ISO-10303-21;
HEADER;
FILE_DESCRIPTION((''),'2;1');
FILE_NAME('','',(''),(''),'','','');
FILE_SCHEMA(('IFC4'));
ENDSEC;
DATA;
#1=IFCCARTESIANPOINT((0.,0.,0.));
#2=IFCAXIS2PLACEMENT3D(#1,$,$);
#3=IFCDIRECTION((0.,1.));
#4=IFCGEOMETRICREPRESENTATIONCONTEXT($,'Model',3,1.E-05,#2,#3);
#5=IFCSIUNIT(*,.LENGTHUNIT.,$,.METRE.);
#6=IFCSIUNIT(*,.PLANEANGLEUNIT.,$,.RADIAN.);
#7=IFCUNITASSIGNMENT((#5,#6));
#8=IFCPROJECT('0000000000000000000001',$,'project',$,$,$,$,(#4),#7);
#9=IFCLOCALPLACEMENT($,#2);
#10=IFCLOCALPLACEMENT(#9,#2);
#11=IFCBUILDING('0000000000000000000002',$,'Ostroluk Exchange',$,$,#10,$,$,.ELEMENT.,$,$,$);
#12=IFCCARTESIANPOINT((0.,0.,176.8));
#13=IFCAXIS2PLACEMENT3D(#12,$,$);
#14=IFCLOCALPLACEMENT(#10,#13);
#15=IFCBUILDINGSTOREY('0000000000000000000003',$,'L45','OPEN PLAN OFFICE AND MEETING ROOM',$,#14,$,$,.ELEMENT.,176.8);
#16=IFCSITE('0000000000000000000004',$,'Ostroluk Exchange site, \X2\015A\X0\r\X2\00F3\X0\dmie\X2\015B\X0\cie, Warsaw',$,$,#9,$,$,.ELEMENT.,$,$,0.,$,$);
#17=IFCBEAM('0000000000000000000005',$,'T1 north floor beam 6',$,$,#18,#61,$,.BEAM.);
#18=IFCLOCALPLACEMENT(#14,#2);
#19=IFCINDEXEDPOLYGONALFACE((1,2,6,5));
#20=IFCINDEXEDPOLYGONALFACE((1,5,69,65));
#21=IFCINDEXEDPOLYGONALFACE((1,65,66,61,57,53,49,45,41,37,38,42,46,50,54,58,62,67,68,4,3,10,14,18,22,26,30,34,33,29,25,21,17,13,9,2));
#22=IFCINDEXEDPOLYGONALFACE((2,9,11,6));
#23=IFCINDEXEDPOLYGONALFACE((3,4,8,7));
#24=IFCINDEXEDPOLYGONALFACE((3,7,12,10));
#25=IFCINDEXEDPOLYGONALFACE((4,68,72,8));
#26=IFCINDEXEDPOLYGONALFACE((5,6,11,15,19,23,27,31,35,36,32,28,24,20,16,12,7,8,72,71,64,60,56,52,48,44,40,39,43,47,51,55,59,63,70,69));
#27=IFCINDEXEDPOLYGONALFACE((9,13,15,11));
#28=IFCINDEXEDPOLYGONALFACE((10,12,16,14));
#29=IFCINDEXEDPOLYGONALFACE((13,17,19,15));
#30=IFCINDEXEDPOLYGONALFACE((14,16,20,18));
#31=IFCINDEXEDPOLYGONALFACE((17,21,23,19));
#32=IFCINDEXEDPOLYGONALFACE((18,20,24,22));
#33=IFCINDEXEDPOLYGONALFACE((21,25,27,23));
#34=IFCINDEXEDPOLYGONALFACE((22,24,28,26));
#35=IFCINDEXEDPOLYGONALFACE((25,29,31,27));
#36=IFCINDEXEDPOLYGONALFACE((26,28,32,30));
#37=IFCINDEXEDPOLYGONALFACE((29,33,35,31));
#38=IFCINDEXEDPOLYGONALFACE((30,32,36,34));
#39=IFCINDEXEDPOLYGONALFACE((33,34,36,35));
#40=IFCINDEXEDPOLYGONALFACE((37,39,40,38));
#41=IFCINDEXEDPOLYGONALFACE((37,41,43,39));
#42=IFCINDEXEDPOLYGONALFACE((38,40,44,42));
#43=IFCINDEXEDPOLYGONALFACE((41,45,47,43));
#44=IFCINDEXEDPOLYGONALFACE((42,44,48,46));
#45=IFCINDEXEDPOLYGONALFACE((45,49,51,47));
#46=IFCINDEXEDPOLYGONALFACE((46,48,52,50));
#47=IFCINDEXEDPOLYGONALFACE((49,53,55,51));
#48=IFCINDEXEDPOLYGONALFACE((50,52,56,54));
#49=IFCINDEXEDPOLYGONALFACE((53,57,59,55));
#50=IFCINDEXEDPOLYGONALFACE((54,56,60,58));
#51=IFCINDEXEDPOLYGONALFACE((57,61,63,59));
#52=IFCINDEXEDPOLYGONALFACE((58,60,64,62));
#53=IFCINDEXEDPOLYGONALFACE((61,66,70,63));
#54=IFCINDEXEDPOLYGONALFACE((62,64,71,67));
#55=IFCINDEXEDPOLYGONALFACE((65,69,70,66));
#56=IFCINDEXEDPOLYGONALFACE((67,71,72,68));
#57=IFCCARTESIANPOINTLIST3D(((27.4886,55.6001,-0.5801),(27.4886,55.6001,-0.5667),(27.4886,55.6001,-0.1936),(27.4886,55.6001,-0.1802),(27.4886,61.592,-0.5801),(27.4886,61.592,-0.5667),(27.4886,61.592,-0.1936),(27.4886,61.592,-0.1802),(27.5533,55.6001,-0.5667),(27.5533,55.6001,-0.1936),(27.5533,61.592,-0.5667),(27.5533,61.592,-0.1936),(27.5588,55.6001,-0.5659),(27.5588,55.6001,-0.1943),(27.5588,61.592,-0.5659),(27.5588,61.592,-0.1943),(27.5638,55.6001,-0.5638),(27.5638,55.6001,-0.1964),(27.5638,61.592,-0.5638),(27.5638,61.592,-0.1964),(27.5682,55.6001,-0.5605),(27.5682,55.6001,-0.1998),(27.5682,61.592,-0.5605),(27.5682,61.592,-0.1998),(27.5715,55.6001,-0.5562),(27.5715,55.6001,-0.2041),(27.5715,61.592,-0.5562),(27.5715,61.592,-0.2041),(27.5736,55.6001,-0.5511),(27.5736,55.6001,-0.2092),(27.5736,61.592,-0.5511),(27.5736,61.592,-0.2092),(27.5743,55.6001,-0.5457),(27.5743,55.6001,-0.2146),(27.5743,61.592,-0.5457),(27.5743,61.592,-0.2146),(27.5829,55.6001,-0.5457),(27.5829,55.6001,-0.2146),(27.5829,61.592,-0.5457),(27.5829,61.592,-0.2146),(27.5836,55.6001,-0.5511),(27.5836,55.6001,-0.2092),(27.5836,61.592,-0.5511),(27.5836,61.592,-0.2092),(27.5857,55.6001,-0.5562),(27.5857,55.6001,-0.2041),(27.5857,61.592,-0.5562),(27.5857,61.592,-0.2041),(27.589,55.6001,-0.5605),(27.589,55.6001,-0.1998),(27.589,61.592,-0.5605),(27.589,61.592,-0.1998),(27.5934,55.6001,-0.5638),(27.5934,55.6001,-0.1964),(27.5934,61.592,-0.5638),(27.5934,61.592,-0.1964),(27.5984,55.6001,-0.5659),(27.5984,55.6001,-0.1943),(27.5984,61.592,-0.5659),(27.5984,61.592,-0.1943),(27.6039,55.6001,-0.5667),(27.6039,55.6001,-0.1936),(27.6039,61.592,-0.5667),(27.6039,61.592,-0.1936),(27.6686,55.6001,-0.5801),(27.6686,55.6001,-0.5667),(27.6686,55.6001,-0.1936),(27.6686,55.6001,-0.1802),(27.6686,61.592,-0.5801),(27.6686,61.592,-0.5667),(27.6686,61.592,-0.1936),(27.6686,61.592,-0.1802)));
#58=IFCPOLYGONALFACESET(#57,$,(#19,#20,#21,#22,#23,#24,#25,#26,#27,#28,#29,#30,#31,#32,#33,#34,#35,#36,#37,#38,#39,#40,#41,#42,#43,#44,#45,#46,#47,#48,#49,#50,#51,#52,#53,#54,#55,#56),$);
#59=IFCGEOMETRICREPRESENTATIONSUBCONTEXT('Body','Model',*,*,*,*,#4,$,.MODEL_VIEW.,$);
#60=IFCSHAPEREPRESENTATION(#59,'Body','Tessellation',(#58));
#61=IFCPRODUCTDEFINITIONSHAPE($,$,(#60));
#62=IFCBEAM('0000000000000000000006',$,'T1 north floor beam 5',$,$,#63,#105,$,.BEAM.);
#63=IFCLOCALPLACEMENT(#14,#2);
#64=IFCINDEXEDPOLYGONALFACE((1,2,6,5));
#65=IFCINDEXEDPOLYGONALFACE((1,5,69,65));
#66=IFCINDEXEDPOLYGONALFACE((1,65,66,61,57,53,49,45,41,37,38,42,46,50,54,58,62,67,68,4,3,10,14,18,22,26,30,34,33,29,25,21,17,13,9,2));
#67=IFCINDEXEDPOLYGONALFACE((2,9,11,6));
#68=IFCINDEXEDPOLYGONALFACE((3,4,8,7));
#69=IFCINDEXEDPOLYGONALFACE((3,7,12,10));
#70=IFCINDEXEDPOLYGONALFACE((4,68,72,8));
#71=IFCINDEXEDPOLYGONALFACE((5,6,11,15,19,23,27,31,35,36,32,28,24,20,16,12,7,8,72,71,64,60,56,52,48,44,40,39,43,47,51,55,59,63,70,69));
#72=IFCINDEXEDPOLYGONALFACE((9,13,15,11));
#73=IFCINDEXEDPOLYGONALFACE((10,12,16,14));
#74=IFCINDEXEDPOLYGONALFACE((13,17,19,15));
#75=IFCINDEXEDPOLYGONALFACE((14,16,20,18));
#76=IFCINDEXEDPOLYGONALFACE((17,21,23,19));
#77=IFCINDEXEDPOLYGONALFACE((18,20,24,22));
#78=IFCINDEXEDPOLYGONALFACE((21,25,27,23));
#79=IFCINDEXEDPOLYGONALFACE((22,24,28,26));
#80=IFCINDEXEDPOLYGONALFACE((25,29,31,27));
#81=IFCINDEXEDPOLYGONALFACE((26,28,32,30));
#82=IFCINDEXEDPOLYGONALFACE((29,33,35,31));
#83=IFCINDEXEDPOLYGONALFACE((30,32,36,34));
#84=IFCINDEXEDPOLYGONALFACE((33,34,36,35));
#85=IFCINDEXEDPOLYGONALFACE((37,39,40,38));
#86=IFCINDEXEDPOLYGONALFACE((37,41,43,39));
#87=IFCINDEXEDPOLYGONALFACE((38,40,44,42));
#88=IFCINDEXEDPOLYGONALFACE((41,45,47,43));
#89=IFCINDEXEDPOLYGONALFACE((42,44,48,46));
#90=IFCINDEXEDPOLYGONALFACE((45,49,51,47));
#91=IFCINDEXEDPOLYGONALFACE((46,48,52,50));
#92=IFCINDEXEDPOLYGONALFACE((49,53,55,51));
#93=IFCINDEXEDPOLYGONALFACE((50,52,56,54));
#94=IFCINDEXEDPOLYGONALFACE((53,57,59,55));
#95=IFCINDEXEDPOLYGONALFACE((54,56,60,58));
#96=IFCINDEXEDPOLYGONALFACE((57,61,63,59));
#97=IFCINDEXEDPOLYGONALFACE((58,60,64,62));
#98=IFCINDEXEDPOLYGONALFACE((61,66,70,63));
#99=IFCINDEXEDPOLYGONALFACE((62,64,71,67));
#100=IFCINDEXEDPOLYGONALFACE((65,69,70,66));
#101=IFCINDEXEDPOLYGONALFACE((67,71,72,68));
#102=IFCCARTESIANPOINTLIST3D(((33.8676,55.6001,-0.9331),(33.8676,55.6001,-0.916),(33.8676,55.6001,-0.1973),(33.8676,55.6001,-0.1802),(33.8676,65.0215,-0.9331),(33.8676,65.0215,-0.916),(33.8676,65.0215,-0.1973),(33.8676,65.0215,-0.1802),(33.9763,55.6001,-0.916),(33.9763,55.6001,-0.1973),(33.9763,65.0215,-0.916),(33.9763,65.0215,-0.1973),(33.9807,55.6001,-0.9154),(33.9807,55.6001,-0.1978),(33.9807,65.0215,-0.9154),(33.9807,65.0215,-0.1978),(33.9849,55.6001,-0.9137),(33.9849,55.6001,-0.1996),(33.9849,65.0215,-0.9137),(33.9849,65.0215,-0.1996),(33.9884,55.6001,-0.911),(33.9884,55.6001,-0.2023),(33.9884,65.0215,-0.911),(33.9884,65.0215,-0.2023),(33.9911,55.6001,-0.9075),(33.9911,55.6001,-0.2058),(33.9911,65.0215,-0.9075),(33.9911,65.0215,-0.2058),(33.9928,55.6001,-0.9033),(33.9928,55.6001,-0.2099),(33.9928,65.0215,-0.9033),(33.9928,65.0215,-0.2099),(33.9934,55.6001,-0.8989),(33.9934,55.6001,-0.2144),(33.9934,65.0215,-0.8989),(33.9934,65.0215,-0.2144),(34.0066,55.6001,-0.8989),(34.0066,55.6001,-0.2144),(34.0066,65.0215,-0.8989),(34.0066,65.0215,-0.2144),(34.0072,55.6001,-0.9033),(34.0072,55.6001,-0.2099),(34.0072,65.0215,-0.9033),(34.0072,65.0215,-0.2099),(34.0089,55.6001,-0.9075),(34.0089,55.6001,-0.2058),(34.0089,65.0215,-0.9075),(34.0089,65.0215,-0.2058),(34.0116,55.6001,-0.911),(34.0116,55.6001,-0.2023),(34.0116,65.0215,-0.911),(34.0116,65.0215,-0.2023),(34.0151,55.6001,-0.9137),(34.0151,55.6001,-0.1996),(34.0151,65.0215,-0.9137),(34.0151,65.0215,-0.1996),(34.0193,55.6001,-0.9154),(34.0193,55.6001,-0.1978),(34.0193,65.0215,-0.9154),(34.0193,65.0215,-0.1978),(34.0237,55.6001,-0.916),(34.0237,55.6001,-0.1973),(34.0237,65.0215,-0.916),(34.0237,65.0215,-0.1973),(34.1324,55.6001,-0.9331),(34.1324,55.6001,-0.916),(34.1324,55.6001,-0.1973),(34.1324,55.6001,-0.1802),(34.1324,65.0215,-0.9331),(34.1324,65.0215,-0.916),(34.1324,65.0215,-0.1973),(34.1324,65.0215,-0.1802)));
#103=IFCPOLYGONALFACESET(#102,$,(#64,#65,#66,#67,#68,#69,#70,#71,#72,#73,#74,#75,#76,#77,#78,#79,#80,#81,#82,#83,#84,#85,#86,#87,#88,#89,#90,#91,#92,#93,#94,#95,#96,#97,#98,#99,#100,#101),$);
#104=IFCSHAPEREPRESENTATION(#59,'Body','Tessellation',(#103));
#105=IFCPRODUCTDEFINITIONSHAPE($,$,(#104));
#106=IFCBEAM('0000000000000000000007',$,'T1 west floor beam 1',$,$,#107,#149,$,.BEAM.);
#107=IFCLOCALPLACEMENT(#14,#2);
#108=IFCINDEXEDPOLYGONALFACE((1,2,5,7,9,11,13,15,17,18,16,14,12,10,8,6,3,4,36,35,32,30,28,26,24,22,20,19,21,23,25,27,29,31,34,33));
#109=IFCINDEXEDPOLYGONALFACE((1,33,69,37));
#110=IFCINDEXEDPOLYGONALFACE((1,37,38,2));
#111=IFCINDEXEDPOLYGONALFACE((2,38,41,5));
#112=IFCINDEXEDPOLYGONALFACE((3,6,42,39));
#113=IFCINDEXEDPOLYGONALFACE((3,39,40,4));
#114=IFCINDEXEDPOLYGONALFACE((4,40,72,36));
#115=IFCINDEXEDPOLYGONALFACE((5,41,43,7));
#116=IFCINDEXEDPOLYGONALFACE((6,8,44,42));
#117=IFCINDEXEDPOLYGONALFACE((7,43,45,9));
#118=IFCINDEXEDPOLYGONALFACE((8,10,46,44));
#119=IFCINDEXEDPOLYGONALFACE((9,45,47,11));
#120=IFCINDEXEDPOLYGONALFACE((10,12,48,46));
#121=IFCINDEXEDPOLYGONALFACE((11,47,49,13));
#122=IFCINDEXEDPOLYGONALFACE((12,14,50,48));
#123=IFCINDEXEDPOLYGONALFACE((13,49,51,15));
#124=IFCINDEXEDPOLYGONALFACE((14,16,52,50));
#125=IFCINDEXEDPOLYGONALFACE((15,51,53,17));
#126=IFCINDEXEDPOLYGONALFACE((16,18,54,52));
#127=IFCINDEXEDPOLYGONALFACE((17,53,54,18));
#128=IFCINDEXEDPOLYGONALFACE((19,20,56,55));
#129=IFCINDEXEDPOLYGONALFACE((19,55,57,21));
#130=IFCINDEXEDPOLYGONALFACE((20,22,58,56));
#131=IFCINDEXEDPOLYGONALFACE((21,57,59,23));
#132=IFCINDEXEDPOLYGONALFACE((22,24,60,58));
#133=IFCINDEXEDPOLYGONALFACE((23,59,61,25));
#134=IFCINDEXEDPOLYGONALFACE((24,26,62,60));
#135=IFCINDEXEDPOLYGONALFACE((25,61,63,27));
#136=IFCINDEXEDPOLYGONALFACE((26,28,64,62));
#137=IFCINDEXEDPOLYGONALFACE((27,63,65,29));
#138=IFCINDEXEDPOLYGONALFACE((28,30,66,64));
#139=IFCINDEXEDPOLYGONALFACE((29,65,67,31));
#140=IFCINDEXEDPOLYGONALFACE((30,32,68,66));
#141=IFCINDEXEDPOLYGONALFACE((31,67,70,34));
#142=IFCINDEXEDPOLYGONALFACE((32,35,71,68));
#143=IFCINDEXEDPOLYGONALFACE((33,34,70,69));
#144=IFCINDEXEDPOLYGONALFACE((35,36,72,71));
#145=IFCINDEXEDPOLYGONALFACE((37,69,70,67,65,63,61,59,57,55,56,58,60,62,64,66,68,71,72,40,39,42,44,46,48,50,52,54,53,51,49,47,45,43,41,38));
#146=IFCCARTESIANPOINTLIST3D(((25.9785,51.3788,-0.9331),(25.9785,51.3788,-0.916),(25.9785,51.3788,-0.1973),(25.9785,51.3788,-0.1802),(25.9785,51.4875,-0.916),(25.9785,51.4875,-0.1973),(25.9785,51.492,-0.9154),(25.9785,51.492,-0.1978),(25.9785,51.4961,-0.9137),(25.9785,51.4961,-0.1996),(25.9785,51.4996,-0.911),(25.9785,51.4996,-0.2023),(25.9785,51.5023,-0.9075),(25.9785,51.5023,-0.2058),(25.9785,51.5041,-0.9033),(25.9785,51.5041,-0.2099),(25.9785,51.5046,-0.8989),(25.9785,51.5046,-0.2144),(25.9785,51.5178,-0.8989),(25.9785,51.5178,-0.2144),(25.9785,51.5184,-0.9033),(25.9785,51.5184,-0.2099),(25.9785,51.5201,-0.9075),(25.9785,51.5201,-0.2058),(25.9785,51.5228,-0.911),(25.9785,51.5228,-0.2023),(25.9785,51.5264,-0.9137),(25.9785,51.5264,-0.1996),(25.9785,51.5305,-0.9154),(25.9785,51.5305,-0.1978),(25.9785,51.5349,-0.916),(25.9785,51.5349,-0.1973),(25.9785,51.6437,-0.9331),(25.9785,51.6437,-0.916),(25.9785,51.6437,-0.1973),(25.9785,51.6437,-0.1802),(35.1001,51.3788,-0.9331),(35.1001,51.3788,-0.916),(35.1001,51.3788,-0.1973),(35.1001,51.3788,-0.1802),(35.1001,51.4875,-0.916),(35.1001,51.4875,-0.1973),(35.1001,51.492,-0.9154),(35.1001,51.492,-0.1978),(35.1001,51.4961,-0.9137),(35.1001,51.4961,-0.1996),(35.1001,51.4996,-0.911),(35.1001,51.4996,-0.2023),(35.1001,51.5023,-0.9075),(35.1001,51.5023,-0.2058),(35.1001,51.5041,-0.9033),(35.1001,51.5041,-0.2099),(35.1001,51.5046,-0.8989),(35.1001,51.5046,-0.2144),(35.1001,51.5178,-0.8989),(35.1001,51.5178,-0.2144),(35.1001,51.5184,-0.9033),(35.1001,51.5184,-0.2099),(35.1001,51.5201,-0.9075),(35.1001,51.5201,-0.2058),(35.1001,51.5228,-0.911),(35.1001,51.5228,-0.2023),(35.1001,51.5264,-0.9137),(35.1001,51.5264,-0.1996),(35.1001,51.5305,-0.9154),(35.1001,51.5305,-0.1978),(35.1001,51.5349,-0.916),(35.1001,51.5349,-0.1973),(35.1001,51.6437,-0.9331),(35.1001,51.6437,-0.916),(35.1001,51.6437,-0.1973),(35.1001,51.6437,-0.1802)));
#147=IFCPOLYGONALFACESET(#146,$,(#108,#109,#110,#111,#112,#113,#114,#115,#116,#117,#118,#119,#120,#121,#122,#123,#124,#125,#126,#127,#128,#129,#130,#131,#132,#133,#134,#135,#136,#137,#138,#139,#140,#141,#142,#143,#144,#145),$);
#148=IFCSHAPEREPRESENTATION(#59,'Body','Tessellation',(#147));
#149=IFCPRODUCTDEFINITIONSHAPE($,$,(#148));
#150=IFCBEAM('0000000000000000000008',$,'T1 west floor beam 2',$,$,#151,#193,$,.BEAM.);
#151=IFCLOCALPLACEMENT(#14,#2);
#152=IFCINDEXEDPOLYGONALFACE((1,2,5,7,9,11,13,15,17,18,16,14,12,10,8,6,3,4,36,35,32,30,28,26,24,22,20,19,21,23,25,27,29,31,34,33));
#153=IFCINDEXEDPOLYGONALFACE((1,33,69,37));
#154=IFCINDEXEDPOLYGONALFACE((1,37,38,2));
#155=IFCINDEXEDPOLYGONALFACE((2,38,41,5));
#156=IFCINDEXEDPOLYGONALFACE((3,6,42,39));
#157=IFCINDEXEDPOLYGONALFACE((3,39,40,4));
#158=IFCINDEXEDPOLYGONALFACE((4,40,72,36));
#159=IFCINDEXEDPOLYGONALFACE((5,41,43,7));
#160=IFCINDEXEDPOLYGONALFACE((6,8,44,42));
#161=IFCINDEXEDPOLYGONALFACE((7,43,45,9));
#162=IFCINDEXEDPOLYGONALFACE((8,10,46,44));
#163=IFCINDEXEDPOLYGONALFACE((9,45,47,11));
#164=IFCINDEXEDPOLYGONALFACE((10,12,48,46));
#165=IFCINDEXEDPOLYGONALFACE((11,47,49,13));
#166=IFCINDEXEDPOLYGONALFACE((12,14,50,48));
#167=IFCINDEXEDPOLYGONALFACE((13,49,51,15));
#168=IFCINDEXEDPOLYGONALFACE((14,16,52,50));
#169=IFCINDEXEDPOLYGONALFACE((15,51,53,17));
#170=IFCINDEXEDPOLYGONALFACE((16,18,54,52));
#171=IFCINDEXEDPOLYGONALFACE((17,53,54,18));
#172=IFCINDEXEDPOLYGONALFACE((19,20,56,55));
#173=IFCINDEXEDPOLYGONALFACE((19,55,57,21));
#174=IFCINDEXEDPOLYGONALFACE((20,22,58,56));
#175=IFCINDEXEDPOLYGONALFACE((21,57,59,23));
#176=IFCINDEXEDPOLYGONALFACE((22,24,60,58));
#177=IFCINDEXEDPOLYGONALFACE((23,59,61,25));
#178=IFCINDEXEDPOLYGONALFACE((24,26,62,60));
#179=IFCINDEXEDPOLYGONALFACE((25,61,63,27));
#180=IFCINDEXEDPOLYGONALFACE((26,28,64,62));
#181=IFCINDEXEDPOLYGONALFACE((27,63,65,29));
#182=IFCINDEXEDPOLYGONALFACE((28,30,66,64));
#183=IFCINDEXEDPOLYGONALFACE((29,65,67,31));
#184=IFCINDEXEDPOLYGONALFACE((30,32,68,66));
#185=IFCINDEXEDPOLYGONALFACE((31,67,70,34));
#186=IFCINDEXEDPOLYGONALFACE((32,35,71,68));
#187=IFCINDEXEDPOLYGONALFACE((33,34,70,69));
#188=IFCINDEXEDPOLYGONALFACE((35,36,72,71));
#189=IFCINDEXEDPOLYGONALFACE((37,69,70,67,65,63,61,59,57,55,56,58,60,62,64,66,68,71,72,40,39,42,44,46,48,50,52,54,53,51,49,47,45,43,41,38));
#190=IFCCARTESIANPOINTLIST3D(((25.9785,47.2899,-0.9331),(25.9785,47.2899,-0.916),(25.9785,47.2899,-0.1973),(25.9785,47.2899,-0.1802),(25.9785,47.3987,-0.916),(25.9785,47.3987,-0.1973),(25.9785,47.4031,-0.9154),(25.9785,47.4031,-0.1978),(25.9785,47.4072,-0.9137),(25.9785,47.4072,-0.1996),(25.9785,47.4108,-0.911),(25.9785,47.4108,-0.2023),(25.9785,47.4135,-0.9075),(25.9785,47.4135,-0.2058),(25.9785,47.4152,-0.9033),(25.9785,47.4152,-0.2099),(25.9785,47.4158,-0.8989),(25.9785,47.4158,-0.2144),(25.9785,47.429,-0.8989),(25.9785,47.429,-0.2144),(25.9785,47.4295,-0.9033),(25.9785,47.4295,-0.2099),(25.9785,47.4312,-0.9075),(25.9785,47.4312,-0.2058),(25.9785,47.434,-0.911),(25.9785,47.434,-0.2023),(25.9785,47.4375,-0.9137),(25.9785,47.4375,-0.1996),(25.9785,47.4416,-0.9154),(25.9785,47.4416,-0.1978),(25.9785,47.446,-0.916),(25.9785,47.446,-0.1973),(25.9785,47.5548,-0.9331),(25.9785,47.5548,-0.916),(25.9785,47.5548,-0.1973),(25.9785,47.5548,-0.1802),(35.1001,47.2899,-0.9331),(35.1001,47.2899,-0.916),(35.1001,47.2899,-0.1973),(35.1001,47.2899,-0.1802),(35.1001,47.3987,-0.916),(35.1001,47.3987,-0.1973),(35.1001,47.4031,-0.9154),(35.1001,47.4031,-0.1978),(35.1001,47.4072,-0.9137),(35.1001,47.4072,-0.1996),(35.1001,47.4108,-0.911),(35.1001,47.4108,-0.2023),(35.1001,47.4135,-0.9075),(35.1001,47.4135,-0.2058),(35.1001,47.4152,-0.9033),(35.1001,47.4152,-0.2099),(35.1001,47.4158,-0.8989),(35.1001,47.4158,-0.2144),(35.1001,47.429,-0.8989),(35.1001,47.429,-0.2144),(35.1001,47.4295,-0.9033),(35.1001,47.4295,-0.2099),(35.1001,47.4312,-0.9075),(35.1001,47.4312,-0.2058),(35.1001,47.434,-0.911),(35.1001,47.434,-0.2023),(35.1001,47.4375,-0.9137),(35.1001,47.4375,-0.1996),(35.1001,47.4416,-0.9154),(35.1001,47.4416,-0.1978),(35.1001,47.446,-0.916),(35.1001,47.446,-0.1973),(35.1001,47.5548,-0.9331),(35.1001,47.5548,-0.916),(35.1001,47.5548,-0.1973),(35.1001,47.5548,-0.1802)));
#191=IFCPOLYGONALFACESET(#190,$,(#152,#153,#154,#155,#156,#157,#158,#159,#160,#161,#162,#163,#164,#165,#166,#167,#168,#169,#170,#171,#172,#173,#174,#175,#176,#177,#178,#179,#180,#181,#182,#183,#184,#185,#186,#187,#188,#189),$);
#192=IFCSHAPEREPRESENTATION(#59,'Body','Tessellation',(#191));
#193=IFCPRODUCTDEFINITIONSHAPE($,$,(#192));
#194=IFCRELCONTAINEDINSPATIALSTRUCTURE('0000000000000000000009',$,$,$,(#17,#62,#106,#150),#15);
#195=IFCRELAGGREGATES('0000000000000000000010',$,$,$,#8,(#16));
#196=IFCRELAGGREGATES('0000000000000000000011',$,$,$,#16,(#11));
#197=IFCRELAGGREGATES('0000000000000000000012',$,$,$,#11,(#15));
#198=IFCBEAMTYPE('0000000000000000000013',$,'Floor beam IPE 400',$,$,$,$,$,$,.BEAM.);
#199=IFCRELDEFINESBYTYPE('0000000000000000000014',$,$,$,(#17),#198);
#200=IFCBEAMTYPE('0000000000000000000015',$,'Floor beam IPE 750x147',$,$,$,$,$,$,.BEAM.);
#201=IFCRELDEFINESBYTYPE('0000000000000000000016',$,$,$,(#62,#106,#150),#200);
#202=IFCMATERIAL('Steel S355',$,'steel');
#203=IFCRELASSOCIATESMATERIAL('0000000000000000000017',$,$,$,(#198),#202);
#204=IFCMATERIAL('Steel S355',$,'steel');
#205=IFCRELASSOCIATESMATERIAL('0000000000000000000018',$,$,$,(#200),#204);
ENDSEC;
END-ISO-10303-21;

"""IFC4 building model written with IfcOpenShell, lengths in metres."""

from ifc_helpers import new_model, si_unit, direction, frame, origin, origin_2d, place, context, subcontext, project, spatial, i_section, extrude, material, material_profile, profile_set, type_object, element, save


model = new_model("IFC4")

# Units and contexts
model_context = context("Model", 3, precision=1e-05, world=origin(), true_north=direction((0.0, 1.0)))
body_context = subcontext(model_context, "Body", "Model", "MODEL_VIEW")
ifc_project = project(units=[si_unit("LENGTHUNIT", "METRE"), si_unit("PLANEANGLEUNIT", "RADIAN")], contexts=[model_context])

# Site, building, storey
site_placement = place(None, origin())
site = spatial("IfcSite", under=ifc_project, at=site_placement, Name="Ostroluk Exchange site, Śródmieście, Warsaw", CompositionType="ELEMENT", RefElevation=0.0)
building_placement = place(site_placement, origin())
building = spatial("IfcBuilding", under=site, at=building_placement, Name="Ostroluk Exchange", CompositionType="ELEMENT")
storey_placement = place(building_placement, frame((0.0, 0.0, 176.8)))
storey = spatial("IfcBuildingStorey", under=building, at=storey_placement, Name="L45", Description="OPEN PLAN OFFICE AND MEETING ROOM", CompositionType="ELEMENT", Elevation=176.8)

# Beams
ifc_material_1 = material(Name="Steel S355", Category="steel")
ifc_material_profile_1 = material_profile(ifc_material_1, i_section(OverallWidth=0.1799, OverallDepth=0.3999, WebThickness=0.0085, FlangeThickness=0.0134, FilletRadius=0.021, at=origin_2d()), Name="IPE 400")
ifc_profile_set_1 = profile_set([ifc_material_profile_1], Name="Steel S355")
beam_type_1 = type_object("IfcBeamType", Name="Floor beam IPE 400", PredefinedType="BEAM", material=ifc_profile_set_1)
beam_1_placement = place(storey_placement, frame((27.5786, 55.6001, -0.3801), z_axis=(0.0, 1.0, 0.0), x_axis=(-1.0, 0.0, 0.0)))
element("IfcBeam", 1, at=beam_1_placement, inside=storey, type_object=beam_type_1, Name="T1 north floor beam 6", PredefinedType="BEAM", context=body_context, shape_type="SweptSolid", body=[
    extrude(i_section(OverallWidth=0.1799, OverallDepth=0.3999, WebThickness=0.0085, FlangeThickness=0.0134, FilletRadius=0.021, at=origin_2d()), origin(), (0.0, 0.0, 1.0), 5.9919),
])
ifc_material_2 = material(Name="Steel S355", Category="steel")
ifc_material_profile_2 = material_profile(ifc_material_2, i_section(OverallWidth=0.2649, OverallDepth=0.7529, WebThickness=0.0132, FlangeThickness=0.0171, FilletRadius=0.0171, at=origin_2d()), Name="IPE 750x147")
ifc_profile_set_2 = profile_set([ifc_material_profile_2], Name="Steel S355")
beam_type_2 = type_object("IfcBeamType", Name="Floor beam IPE 750x147", PredefinedType="BEAM", material=ifc_profile_set_2)
beam_2_placement = place(storey_placement, frame((34.0, 55.6001, -0.5566), z_axis=(0.0, 1.0, 0.0), x_axis=(-1.0, 0.0, 0.0)))
element("IfcBeam", 2, at=beam_2_placement, inside=storey, type_object=beam_type_2, Name="T1 north floor beam 5", PredefinedType="BEAM", context=body_context, shape_type="SweptSolid", body=[
    extrude(i_section(OverallWidth=0.2649, OverallDepth=0.7529, WebThickness=0.0132, FlangeThickness=0.0171, FilletRadius=0.0171, at=origin_2d()), origin(), (0.0, 0.0, 1.0), 9.4214),
])
for number, where, z_axis, x_axis, name in (
    (3, (35.1001, 51.5112, -0.5566), (-1.0, 0.0, 0.0), (0.0, -1.0, 0.0), "T1 west floor beam 1"),
    (4, (35.1001, 47.4224, -0.5566), (-1.0, 0.0, 0.0), (0.0, -1.0, 0.0), "T1 west floor beam 2"),
):
    element("IfcBeam", number, at=place(storey_placement, frame(where, z_axis=z_axis, x_axis=x_axis)), inside=storey, type_object=beam_type_2, Name=name, PredefinedType="BEAM", context=body_context, shape_type="SweptSolid", body=[
        extrude(i_section(OverallWidth=0.2649, OverallDepth=0.7529, WebThickness=0.0132, FlangeThickness=0.0171, FilletRadius=0.0171, at=origin_2d()), origin(), (0.0, 0.0, 1.0), 9.1216),
    ])

save(model, "model.ifc")
